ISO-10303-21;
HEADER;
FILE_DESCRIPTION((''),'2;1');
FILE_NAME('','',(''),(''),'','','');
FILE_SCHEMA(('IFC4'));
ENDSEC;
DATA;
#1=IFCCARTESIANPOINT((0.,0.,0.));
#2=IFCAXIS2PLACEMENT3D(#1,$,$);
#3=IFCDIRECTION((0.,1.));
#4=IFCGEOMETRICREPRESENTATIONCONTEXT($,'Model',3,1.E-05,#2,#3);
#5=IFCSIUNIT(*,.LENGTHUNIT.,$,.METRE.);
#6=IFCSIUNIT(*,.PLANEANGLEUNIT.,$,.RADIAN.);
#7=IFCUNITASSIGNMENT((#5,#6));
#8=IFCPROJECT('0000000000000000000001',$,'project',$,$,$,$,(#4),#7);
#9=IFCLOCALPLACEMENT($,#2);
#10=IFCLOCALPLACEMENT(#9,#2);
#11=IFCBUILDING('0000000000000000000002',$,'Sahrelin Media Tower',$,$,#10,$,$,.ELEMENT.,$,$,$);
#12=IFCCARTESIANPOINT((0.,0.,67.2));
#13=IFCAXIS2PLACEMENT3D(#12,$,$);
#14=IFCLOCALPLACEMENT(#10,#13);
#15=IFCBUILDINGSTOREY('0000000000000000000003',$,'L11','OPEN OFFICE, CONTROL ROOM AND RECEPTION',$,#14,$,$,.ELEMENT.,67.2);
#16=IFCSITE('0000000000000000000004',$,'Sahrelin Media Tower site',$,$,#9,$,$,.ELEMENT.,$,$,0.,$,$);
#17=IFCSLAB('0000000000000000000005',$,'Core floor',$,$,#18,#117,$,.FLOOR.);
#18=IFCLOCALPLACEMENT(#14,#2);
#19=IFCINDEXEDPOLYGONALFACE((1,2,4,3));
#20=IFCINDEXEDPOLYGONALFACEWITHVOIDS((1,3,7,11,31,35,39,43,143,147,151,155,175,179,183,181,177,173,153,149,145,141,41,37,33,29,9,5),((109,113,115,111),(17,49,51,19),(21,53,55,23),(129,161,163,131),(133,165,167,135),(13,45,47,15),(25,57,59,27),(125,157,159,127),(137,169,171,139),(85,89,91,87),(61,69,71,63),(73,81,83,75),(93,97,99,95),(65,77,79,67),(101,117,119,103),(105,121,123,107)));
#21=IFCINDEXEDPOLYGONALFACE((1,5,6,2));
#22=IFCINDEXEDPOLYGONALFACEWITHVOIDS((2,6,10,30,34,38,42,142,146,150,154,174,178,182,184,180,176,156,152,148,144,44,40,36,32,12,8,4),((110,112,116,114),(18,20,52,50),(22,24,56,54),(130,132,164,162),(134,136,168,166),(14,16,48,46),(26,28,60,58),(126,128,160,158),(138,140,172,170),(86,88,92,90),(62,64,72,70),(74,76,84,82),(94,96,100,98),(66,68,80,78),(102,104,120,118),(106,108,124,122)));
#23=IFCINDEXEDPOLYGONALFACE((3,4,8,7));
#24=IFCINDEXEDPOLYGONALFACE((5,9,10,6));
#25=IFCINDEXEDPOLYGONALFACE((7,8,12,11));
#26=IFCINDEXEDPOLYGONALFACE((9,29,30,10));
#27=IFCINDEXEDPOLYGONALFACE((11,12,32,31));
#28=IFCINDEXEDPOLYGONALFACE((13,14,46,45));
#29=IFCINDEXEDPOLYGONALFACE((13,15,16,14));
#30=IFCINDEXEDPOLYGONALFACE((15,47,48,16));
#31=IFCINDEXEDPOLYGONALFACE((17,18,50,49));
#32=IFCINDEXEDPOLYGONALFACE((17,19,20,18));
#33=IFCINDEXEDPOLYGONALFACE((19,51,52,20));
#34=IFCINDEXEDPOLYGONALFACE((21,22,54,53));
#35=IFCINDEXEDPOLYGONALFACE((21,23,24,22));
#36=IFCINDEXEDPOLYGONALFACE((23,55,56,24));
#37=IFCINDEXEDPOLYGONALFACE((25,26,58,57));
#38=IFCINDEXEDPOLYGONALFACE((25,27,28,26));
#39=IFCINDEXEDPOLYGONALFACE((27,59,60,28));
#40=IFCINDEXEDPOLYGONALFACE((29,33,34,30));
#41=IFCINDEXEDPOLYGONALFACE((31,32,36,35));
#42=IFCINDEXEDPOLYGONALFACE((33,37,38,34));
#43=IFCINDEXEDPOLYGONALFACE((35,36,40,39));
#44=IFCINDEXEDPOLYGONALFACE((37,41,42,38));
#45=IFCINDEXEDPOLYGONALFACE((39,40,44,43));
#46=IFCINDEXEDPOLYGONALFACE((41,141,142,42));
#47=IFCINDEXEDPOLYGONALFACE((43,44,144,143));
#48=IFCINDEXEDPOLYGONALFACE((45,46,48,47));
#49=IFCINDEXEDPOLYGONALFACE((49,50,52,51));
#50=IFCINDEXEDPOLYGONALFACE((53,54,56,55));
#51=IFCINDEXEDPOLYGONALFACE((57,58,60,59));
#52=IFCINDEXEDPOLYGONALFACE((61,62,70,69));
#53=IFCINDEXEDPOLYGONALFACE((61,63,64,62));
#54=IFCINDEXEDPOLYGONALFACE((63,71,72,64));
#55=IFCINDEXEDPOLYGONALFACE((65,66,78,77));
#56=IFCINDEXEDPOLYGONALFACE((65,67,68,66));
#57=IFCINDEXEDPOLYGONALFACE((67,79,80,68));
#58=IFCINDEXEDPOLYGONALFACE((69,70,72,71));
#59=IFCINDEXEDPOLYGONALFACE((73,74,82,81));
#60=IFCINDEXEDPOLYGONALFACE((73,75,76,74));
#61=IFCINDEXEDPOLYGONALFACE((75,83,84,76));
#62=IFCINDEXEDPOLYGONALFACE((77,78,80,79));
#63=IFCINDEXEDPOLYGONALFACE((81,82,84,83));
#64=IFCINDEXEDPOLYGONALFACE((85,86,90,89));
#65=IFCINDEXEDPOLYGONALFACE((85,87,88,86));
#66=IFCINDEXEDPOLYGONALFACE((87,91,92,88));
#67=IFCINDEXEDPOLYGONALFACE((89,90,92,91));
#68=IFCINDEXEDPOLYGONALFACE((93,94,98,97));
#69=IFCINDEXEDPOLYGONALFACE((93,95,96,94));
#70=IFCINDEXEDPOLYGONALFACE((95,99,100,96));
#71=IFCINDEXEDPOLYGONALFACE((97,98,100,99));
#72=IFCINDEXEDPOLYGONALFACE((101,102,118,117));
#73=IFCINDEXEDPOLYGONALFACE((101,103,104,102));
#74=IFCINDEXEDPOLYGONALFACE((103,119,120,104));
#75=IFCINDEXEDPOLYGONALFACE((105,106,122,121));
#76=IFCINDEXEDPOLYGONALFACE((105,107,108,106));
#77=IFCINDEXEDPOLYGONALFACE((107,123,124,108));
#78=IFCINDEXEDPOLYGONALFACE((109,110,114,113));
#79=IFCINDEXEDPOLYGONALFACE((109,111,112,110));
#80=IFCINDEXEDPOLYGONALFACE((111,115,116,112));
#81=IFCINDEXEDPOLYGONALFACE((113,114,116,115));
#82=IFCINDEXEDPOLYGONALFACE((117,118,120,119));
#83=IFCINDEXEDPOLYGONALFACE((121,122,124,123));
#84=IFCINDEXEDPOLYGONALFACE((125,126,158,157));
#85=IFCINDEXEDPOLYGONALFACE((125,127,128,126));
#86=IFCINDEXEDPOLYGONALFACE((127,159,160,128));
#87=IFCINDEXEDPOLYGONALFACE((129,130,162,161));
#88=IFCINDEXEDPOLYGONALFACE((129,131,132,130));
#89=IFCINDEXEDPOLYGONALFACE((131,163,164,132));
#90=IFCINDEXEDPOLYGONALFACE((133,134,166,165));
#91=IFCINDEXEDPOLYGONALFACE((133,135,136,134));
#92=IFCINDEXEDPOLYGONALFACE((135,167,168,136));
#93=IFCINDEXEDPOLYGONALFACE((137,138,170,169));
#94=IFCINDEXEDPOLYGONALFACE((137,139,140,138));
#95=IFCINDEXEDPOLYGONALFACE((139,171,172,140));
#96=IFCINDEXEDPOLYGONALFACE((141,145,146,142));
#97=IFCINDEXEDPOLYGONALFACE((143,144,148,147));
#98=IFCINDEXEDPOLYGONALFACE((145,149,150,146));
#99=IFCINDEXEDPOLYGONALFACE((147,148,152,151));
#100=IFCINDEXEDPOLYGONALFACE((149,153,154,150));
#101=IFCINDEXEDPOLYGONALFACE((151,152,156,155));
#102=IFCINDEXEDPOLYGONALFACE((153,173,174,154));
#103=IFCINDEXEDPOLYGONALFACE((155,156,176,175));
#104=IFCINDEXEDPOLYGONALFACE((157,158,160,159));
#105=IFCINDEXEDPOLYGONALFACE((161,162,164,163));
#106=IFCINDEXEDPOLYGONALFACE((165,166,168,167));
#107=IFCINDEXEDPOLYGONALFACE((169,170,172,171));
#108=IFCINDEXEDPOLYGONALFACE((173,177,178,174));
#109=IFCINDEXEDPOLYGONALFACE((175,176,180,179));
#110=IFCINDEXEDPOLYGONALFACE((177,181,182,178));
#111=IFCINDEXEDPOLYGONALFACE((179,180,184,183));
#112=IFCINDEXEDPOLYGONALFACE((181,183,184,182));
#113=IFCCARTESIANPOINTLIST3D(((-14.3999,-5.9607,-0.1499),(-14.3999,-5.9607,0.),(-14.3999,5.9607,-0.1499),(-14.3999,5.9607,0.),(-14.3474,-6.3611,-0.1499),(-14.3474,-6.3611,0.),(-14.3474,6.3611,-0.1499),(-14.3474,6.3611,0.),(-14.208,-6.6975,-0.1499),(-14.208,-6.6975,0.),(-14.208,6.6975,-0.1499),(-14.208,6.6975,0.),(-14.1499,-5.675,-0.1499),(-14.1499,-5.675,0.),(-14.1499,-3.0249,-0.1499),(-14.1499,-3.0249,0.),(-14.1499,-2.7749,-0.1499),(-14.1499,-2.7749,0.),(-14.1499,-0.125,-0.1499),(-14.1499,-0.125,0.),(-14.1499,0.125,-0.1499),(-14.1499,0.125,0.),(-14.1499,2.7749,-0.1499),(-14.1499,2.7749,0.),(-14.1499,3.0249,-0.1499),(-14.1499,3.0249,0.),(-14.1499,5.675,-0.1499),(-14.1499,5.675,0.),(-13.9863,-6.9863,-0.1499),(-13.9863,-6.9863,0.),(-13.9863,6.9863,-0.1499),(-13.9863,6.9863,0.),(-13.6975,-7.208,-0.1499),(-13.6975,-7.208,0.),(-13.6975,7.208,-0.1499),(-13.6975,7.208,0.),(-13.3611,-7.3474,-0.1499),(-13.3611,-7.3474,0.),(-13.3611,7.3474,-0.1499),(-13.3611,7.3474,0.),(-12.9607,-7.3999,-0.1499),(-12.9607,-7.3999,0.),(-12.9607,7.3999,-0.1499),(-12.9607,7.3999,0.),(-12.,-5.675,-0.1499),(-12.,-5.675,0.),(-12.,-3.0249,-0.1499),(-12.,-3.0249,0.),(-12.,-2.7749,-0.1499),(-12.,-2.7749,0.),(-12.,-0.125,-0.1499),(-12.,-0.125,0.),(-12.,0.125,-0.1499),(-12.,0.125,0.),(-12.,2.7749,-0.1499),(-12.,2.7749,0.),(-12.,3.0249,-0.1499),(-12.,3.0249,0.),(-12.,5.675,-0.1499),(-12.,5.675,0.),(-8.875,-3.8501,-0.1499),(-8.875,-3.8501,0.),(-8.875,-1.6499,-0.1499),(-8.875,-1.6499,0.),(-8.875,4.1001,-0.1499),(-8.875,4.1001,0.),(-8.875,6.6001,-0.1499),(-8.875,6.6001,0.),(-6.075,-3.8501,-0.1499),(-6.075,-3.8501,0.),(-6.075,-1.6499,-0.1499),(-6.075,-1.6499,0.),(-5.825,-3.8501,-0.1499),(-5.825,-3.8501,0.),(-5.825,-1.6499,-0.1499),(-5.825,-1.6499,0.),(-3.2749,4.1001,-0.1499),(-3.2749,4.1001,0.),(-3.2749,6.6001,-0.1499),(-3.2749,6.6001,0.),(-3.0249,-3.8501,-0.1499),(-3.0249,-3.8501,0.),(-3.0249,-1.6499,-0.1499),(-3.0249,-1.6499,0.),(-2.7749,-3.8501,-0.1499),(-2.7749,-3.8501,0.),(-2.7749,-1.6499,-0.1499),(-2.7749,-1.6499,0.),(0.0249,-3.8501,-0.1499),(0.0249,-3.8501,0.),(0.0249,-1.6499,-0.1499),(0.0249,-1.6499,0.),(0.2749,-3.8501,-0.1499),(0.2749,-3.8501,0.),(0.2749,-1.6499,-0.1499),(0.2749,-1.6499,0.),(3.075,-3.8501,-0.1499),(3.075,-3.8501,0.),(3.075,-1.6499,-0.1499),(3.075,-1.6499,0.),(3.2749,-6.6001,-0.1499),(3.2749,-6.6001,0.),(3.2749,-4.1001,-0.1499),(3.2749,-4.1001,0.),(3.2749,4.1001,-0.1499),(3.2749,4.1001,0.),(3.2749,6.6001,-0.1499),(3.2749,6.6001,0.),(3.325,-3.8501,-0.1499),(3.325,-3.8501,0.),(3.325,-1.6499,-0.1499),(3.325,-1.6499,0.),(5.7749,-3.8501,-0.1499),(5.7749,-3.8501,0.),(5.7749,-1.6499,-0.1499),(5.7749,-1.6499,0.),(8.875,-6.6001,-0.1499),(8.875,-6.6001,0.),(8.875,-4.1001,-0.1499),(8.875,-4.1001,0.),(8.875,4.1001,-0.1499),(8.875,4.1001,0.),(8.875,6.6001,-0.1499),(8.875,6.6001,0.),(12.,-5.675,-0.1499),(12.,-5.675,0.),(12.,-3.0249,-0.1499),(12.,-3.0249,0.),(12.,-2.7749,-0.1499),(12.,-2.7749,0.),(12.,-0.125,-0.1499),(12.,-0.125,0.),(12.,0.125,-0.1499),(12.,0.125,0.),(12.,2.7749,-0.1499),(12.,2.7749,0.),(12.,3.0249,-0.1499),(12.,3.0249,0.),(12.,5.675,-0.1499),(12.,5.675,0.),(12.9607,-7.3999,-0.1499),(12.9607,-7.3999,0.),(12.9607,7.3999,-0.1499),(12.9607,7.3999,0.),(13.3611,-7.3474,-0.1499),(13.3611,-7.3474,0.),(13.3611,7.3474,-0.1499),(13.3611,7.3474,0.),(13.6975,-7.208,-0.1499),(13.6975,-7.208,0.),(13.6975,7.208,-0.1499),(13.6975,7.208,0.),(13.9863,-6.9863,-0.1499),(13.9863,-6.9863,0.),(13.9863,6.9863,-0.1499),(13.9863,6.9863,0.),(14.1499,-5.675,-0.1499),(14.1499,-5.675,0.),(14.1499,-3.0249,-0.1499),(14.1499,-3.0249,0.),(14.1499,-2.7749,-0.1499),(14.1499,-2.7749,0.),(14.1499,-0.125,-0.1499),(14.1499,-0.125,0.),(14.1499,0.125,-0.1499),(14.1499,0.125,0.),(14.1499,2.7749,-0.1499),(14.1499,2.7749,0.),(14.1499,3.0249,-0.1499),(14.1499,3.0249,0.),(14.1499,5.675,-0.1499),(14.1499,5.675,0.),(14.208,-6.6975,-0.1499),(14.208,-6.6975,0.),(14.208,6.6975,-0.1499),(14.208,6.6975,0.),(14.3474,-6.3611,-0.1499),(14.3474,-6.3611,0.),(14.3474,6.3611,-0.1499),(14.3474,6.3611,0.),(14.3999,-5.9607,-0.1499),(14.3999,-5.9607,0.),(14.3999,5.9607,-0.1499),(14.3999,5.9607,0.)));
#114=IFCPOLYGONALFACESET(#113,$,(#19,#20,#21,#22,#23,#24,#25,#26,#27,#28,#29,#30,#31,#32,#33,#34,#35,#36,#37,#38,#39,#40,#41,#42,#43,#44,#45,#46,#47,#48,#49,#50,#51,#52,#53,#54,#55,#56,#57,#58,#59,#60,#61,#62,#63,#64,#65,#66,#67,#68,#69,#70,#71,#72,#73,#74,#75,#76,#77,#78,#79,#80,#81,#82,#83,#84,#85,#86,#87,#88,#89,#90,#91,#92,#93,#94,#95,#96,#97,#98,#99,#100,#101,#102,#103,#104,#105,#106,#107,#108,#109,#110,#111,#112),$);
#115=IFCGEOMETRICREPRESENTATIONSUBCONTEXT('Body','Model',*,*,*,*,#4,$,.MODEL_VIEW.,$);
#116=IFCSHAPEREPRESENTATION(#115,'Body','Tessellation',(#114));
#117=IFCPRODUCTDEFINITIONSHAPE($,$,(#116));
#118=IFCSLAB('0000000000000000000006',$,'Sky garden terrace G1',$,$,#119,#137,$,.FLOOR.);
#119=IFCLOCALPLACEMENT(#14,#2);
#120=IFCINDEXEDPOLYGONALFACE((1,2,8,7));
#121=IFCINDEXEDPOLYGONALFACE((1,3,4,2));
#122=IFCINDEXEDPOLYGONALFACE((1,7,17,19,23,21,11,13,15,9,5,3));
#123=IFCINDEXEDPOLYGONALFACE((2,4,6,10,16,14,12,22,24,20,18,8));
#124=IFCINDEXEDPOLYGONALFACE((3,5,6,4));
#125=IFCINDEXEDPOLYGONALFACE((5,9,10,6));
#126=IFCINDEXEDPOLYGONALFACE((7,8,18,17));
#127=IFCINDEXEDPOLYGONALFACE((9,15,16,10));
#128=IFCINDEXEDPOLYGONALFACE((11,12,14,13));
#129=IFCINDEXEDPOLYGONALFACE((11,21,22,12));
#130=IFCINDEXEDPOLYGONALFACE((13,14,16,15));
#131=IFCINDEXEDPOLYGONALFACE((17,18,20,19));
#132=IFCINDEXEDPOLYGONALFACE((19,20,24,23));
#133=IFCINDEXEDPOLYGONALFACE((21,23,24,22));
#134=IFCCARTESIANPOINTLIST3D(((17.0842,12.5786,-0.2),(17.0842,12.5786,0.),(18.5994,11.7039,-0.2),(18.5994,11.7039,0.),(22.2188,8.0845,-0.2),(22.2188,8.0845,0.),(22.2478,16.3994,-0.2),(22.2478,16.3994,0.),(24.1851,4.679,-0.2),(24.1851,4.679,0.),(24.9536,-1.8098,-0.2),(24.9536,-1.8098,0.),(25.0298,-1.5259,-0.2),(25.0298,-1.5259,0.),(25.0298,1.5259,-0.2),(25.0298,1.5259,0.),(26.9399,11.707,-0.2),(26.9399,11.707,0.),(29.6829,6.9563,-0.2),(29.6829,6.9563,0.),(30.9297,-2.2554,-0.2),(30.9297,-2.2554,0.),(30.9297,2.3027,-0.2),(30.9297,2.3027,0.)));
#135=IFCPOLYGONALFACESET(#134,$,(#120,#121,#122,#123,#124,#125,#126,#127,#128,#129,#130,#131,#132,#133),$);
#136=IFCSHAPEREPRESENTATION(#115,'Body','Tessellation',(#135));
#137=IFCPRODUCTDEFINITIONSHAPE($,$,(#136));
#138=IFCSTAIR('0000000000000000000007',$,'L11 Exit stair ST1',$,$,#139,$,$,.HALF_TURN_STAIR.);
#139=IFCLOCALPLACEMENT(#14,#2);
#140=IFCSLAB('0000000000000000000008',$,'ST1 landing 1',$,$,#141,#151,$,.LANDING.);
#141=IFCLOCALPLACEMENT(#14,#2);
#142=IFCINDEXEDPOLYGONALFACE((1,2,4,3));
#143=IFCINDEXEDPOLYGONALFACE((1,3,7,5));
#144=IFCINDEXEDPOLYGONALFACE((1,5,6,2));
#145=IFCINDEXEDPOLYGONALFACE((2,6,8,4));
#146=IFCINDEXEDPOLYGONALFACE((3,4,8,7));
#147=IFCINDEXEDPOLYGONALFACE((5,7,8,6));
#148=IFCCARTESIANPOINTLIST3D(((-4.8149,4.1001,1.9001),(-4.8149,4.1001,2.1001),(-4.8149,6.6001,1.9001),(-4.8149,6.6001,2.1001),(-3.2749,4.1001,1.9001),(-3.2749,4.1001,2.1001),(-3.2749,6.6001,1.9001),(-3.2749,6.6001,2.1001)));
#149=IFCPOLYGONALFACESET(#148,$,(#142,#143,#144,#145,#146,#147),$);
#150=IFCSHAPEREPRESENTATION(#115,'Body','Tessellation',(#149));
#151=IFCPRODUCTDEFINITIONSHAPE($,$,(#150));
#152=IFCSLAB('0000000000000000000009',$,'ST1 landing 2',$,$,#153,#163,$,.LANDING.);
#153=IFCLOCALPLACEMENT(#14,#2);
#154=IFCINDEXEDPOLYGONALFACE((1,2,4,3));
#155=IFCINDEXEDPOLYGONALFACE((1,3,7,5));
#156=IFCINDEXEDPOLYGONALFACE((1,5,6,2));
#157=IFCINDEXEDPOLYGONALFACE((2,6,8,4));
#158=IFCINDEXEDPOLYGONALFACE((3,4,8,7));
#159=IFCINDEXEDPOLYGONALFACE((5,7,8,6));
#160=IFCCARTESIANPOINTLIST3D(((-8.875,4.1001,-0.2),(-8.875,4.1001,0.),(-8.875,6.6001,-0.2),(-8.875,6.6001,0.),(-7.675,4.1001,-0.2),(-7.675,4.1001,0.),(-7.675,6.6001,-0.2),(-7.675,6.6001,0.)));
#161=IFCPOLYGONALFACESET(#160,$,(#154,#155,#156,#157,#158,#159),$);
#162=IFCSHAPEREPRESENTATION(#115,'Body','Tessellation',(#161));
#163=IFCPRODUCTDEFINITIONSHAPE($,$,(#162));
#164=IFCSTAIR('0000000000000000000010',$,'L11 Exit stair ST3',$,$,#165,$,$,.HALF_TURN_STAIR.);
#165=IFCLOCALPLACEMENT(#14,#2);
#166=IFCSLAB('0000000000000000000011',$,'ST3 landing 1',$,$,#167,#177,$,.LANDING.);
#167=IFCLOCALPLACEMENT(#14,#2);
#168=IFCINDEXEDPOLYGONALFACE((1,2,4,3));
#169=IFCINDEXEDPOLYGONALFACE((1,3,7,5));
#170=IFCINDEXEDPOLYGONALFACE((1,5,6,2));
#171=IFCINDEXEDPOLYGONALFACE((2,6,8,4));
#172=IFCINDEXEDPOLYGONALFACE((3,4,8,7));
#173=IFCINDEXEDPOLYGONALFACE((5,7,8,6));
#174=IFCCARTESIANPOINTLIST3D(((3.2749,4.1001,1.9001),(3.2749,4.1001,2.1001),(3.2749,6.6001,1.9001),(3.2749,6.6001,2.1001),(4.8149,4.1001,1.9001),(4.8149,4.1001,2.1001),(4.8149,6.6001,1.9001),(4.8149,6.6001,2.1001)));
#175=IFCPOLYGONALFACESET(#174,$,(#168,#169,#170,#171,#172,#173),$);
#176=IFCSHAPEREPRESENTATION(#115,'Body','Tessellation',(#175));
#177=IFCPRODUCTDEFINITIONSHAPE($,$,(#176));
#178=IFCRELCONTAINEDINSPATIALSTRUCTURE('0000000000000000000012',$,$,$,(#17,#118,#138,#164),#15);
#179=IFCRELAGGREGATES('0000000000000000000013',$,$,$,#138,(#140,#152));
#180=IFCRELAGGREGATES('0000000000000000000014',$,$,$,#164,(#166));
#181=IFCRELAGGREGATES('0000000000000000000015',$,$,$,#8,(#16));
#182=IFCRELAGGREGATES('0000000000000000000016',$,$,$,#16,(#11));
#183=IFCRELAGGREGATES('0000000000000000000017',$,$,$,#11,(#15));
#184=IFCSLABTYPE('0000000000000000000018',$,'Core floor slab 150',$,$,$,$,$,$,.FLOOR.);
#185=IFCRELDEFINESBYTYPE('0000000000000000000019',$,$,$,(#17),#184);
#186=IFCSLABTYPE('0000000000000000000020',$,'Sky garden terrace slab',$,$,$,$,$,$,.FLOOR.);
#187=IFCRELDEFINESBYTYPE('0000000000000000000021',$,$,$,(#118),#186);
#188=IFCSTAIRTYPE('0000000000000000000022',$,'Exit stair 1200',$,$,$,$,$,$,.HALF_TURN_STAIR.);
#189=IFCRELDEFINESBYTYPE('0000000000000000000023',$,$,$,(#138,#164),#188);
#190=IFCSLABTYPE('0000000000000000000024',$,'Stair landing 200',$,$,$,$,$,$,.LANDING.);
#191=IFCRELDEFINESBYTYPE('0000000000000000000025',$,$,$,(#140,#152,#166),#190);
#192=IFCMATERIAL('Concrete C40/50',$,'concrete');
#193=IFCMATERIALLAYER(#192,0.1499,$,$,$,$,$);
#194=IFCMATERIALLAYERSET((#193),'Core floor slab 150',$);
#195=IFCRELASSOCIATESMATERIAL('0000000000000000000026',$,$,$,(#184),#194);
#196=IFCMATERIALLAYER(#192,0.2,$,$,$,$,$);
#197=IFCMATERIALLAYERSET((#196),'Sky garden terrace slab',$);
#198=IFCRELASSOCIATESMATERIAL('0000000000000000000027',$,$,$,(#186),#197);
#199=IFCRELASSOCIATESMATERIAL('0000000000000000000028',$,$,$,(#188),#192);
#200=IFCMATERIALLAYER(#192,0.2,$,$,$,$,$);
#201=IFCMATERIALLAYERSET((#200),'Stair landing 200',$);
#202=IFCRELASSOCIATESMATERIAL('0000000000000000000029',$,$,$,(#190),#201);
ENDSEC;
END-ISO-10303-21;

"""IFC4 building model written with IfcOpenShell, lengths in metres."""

from ifc_helpers import new_model, si_unit, direction, frame, origin, place, context, subcontext, project, spatial, polyline, outline, extrude, material, layer, layer_set, type_object, element, aggregate, save


model = new_model("IFC4")

# Units and contexts
model_context = context("Model", 3, precision=1e-05, world=origin(), true_north=direction((0.0, 1.0)))
body_context = subcontext(model_context, "Body", "Model", "MODEL_VIEW")
ifc_project = project(units=[si_unit("LENGTHUNIT", "METRE"), si_unit("PLANEANGLEUNIT", "RADIAN")], contexts=[model_context])

# Site, building, storey
site_placement = place(None, origin())
site = spatial("IfcSite", under=ifc_project, at=site_placement, Name="Sahrelin Media Tower site", CompositionType="ELEMENT", RefElevation=0.0)
building_placement = place(site_placement, origin())
building = spatial("IfcBuilding", under=site, at=building_placement, Name="Sahrelin Media Tower", CompositionType="ELEMENT")
storey_placement = place(building_placement, frame((0.0, 0.0, 67.2)))
storey = spatial("IfcBuildingStorey", under=building, at=storey_placement, Name="L11", Description="OPEN OFFICE, CONTROL ROOM AND RECEPTION", CompositionType="ELEMENT", Elevation=67.2)

# Slabs
ifc_material_1 = material(Name="Concrete C40/50", Category="concrete")
ifc_layer_1 = layer(ifc_material_1, 0.1499)
ifc_layer_set_1 = layer_set([ifc_layer_1], Name="Core floor slab 150")
slab_type_1 = type_object("IfcSlabType", Name="Core floor slab 150", PredefinedType="FLOOR", material=ifc_layer_set_1)
slab_1_placement = place(storey_placement, frame((0.0, 0.0, -0.1499)))
element("IfcSlab", 1, at=slab_1_placement, inside=storey, type_object=slab_type_1, Name="Core floor", PredefinedType="FLOOR", context=body_context, shape_type="SweptSolid", body=[
    extrude(outline(polyline([(-14.3474, 6.3611), (-14.3999, 5.9607), (-14.3999, -5.9607), (-14.3474, -6.3611), (-14.208, -6.6975), (-13.9863, -6.9863), (-13.6975, -7.208), (-13.3611, -7.3474), (-12.9607, -7.3999), (12.9607, -7.3999), (13.3611, -7.3474), (13.6975, -7.208), (13.9863, -6.9863), (14.208, -6.6975), (14.3474, -6.3611), (14.3999, -5.9607), (14.3999, 5.9607), (14.3474, 6.3611), (14.208, 6.6975), (13.9863, 6.9863), (13.6975, 7.208), (13.3611, 7.3474), (12.9607, 7.3999), (-12.9607, 7.3999), (-13.3611, 7.3474), (-13.6975, 7.208), (-13.9863, 6.9863), (-14.208, 6.6975), (-14.3474, 6.3611)]), holes=[polyline([(-12.0, 3.0249), (-12.0, 5.675), (-14.1499, 5.675), (-14.1499, 3.0249), (-12.0, 3.0249)]), polyline([(-14.1499, 0.125), (-12.0, 0.125), (-12.0, 2.7749), (-14.1499, 2.7749), (-14.1499, 0.125)]), polyline([(-14.1499, -0.125), (-14.1499, -2.7749), (-12.0, -2.7749), (-12.0, -0.125), (-14.1499, -0.125)]), polyline([(-12.0, -3.0249), (-14.1499, -3.0249), (-14.1499, -5.675), (-12.0, -5.675), (-12.0, -3.0249)]), polyline([(14.1499, 3.0249), (14.1499, 5.675), (12.0, 5.675), (12.0, 3.0249), (14.1499, 3.0249)]), polyline([(12.0, 0.125), (14.1499, 0.125), (14.1499, 2.7749), (12.0, 2.7749), (12.0, 0.125)]), polyline([(12.0, -0.125), (12.0, -2.7749), (14.1499, -2.7749), (14.1499, -0.125), (12.0, -0.125)]), polyline([(14.1499, -3.0249), (12.0, -3.0249), (12.0, -5.675), (14.1499, -5.675), (14.1499, -3.0249)]), polyline([(-6.075, -3.8501), (-6.075, -1.6499), (-8.875, -1.6499), (-8.875, -3.8501), (-6.075, -3.8501)]), polyline([(-5.825, -3.8501), (-3.0249, -3.8501), (-3.0249, -1.6499), (-5.825, -1.6499), (-5.825, -3.8501)]), polyline([(-2.7749, -1.6499), (-2.7749, -3.8501), (0.0249, -3.8501), (0.0249, -1.6499), (-2.7749, -1.6499)]), polyline([(3.075, -1.6499), (0.2749, -1.6499), (0.2749, -3.8501), (3.075, -3.8501), (3.075, -1.6499)]), polyline([(5.7749, -3.8501), (5.7749, -1.6499), (3.325, -1.6499), (3.325, -3.8501), (5.7749, -3.8501)]), polyline([(-8.875, 6.6001), (-8.875, 4.1001), (-3.2749, 4.1001), (-3.2749, 6.6001), (-8.875, 6.6001)]), polyline([(3.2749, 4.1001), (8.875, 4.1001), (8.875, 6.6001), (3.2749, 6.6001), (3.2749, 4.1001)]), polyline([(3.2749, -4.1001), (3.2749, -6.6001), (8.875, -6.6001), (8.875, -4.1001), (3.2749, -4.1001)])]), origin(), (0.0, 0.0, 1.0), 0.1499),
])
ifc_layer_2 = layer(ifc_material_1, 0.2)
ifc_layer_set_2 = layer_set([ifc_layer_2], Name="Sky garden terrace slab")
slab_type_2 = type_object("IfcSlabType", Name="Sky garden terrace slab", PredefinedType="FLOOR", material=ifc_layer_set_2)
placement_1 = place(storey_placement, frame((0.0, 0.0, -0.2)))
element("IfcSlab", 2, at=placement_1, inside=storey, type_object=slab_type_2, Name="Sky garden terrace G1", PredefinedType="FLOOR", context=body_context, shape_type="SweptSolid", body=[
    extrude(outline(polyline([(29.6829, 6.9563), (30.9297, 2.3027), (30.9297, -2.2554), (24.9536, -1.8098), (25.0298, -1.5259), (25.0298, 1.5259), (24.1851, 4.679), (22.2188, 8.0845), (18.5994, 11.7039), (17.0842, 12.5786), (22.2478, 16.3994), (26.9399, 11.707), (29.6829, 6.9563)])), origin(), (0.0, 0.0, 1.0), 0.2),
])

# Stairs, slabs
stair_type = type_object("IfcStairType", Name="Exit stair 1200", PredefinedType="HALF_TURN_STAIR", material=ifc_material_1)
placement_2 = place(storey_placement, origin())
stair_1 = element("IfcStair", 3, at=placement_2, inside=storey, type_object=stair_type, Name="L11 Exit stair ST1", PredefinedType="HALF_TURN_STAIR")
ifc_layer_3 = layer(ifc_material_1, 0.2)
ifc_layer_set_3 = layer_set([ifc_layer_3], Name="Stair landing 200")
slab_type_3 = type_object("IfcSlabType", Name="Stair landing 200", PredefinedType="LANDING", material=ifc_layer_set_3)
placement_3 = place(storey_placement, frame((0.0, 0.0, 1.9001)))
slab_2 = element("IfcSlab", 4, at=placement_3, type_object=slab_type_3, Name="ST1 landing 1", PredefinedType="LANDING", context=body_context, shape_type="SweptSolid", body=[
    extrude(outline(polyline([(-4.8149, 4.1001), (-3.2749, 4.1001), (-3.2749, 6.6001), (-4.8149, 6.6001), (-4.8149, 4.1001)])), origin(), (0.0, 0.0, 1.0), 0.2),
])
slab_3 = element("IfcSlab", 5, at=placement_1, type_object=slab_type_3, Name="ST1 landing 2", PredefinedType="LANDING", context=body_context, shape_type="SweptSolid", body=[
    extrude(outline(polyline([(-8.875, 4.1001), (-7.675, 4.1001), (-7.675, 6.6001), (-8.875, 6.6001), (-8.875, 4.1001)])), origin(), (0.0, 0.0, 1.0), 0.2),
])
aggregate(stair_1, [slab_2, slab_3])
stair_2 = element("IfcStair", 6, at=placement_2, inside=storey, type_object=stair_type, Name="L11 Exit stair ST3", PredefinedType="HALF_TURN_STAIR")
slab_4 = element("IfcSlab", 7, at=placement_3, type_object=slab_type_3, Name="ST3 landing 1", PredefinedType="LANDING", context=body_context, shape_type="SweptSolid", body=[
    extrude(outline(polyline([(4.8149, 6.6001), (3.2749, 6.6001), (3.2749, 4.1001), (4.8149, 4.1001), (4.8149, 6.6001)])), origin(), (0.0, 0.0, 1.0), 0.2),
])
aggregate(stair_2, [slab_4])

save(model, "model.ifc")
